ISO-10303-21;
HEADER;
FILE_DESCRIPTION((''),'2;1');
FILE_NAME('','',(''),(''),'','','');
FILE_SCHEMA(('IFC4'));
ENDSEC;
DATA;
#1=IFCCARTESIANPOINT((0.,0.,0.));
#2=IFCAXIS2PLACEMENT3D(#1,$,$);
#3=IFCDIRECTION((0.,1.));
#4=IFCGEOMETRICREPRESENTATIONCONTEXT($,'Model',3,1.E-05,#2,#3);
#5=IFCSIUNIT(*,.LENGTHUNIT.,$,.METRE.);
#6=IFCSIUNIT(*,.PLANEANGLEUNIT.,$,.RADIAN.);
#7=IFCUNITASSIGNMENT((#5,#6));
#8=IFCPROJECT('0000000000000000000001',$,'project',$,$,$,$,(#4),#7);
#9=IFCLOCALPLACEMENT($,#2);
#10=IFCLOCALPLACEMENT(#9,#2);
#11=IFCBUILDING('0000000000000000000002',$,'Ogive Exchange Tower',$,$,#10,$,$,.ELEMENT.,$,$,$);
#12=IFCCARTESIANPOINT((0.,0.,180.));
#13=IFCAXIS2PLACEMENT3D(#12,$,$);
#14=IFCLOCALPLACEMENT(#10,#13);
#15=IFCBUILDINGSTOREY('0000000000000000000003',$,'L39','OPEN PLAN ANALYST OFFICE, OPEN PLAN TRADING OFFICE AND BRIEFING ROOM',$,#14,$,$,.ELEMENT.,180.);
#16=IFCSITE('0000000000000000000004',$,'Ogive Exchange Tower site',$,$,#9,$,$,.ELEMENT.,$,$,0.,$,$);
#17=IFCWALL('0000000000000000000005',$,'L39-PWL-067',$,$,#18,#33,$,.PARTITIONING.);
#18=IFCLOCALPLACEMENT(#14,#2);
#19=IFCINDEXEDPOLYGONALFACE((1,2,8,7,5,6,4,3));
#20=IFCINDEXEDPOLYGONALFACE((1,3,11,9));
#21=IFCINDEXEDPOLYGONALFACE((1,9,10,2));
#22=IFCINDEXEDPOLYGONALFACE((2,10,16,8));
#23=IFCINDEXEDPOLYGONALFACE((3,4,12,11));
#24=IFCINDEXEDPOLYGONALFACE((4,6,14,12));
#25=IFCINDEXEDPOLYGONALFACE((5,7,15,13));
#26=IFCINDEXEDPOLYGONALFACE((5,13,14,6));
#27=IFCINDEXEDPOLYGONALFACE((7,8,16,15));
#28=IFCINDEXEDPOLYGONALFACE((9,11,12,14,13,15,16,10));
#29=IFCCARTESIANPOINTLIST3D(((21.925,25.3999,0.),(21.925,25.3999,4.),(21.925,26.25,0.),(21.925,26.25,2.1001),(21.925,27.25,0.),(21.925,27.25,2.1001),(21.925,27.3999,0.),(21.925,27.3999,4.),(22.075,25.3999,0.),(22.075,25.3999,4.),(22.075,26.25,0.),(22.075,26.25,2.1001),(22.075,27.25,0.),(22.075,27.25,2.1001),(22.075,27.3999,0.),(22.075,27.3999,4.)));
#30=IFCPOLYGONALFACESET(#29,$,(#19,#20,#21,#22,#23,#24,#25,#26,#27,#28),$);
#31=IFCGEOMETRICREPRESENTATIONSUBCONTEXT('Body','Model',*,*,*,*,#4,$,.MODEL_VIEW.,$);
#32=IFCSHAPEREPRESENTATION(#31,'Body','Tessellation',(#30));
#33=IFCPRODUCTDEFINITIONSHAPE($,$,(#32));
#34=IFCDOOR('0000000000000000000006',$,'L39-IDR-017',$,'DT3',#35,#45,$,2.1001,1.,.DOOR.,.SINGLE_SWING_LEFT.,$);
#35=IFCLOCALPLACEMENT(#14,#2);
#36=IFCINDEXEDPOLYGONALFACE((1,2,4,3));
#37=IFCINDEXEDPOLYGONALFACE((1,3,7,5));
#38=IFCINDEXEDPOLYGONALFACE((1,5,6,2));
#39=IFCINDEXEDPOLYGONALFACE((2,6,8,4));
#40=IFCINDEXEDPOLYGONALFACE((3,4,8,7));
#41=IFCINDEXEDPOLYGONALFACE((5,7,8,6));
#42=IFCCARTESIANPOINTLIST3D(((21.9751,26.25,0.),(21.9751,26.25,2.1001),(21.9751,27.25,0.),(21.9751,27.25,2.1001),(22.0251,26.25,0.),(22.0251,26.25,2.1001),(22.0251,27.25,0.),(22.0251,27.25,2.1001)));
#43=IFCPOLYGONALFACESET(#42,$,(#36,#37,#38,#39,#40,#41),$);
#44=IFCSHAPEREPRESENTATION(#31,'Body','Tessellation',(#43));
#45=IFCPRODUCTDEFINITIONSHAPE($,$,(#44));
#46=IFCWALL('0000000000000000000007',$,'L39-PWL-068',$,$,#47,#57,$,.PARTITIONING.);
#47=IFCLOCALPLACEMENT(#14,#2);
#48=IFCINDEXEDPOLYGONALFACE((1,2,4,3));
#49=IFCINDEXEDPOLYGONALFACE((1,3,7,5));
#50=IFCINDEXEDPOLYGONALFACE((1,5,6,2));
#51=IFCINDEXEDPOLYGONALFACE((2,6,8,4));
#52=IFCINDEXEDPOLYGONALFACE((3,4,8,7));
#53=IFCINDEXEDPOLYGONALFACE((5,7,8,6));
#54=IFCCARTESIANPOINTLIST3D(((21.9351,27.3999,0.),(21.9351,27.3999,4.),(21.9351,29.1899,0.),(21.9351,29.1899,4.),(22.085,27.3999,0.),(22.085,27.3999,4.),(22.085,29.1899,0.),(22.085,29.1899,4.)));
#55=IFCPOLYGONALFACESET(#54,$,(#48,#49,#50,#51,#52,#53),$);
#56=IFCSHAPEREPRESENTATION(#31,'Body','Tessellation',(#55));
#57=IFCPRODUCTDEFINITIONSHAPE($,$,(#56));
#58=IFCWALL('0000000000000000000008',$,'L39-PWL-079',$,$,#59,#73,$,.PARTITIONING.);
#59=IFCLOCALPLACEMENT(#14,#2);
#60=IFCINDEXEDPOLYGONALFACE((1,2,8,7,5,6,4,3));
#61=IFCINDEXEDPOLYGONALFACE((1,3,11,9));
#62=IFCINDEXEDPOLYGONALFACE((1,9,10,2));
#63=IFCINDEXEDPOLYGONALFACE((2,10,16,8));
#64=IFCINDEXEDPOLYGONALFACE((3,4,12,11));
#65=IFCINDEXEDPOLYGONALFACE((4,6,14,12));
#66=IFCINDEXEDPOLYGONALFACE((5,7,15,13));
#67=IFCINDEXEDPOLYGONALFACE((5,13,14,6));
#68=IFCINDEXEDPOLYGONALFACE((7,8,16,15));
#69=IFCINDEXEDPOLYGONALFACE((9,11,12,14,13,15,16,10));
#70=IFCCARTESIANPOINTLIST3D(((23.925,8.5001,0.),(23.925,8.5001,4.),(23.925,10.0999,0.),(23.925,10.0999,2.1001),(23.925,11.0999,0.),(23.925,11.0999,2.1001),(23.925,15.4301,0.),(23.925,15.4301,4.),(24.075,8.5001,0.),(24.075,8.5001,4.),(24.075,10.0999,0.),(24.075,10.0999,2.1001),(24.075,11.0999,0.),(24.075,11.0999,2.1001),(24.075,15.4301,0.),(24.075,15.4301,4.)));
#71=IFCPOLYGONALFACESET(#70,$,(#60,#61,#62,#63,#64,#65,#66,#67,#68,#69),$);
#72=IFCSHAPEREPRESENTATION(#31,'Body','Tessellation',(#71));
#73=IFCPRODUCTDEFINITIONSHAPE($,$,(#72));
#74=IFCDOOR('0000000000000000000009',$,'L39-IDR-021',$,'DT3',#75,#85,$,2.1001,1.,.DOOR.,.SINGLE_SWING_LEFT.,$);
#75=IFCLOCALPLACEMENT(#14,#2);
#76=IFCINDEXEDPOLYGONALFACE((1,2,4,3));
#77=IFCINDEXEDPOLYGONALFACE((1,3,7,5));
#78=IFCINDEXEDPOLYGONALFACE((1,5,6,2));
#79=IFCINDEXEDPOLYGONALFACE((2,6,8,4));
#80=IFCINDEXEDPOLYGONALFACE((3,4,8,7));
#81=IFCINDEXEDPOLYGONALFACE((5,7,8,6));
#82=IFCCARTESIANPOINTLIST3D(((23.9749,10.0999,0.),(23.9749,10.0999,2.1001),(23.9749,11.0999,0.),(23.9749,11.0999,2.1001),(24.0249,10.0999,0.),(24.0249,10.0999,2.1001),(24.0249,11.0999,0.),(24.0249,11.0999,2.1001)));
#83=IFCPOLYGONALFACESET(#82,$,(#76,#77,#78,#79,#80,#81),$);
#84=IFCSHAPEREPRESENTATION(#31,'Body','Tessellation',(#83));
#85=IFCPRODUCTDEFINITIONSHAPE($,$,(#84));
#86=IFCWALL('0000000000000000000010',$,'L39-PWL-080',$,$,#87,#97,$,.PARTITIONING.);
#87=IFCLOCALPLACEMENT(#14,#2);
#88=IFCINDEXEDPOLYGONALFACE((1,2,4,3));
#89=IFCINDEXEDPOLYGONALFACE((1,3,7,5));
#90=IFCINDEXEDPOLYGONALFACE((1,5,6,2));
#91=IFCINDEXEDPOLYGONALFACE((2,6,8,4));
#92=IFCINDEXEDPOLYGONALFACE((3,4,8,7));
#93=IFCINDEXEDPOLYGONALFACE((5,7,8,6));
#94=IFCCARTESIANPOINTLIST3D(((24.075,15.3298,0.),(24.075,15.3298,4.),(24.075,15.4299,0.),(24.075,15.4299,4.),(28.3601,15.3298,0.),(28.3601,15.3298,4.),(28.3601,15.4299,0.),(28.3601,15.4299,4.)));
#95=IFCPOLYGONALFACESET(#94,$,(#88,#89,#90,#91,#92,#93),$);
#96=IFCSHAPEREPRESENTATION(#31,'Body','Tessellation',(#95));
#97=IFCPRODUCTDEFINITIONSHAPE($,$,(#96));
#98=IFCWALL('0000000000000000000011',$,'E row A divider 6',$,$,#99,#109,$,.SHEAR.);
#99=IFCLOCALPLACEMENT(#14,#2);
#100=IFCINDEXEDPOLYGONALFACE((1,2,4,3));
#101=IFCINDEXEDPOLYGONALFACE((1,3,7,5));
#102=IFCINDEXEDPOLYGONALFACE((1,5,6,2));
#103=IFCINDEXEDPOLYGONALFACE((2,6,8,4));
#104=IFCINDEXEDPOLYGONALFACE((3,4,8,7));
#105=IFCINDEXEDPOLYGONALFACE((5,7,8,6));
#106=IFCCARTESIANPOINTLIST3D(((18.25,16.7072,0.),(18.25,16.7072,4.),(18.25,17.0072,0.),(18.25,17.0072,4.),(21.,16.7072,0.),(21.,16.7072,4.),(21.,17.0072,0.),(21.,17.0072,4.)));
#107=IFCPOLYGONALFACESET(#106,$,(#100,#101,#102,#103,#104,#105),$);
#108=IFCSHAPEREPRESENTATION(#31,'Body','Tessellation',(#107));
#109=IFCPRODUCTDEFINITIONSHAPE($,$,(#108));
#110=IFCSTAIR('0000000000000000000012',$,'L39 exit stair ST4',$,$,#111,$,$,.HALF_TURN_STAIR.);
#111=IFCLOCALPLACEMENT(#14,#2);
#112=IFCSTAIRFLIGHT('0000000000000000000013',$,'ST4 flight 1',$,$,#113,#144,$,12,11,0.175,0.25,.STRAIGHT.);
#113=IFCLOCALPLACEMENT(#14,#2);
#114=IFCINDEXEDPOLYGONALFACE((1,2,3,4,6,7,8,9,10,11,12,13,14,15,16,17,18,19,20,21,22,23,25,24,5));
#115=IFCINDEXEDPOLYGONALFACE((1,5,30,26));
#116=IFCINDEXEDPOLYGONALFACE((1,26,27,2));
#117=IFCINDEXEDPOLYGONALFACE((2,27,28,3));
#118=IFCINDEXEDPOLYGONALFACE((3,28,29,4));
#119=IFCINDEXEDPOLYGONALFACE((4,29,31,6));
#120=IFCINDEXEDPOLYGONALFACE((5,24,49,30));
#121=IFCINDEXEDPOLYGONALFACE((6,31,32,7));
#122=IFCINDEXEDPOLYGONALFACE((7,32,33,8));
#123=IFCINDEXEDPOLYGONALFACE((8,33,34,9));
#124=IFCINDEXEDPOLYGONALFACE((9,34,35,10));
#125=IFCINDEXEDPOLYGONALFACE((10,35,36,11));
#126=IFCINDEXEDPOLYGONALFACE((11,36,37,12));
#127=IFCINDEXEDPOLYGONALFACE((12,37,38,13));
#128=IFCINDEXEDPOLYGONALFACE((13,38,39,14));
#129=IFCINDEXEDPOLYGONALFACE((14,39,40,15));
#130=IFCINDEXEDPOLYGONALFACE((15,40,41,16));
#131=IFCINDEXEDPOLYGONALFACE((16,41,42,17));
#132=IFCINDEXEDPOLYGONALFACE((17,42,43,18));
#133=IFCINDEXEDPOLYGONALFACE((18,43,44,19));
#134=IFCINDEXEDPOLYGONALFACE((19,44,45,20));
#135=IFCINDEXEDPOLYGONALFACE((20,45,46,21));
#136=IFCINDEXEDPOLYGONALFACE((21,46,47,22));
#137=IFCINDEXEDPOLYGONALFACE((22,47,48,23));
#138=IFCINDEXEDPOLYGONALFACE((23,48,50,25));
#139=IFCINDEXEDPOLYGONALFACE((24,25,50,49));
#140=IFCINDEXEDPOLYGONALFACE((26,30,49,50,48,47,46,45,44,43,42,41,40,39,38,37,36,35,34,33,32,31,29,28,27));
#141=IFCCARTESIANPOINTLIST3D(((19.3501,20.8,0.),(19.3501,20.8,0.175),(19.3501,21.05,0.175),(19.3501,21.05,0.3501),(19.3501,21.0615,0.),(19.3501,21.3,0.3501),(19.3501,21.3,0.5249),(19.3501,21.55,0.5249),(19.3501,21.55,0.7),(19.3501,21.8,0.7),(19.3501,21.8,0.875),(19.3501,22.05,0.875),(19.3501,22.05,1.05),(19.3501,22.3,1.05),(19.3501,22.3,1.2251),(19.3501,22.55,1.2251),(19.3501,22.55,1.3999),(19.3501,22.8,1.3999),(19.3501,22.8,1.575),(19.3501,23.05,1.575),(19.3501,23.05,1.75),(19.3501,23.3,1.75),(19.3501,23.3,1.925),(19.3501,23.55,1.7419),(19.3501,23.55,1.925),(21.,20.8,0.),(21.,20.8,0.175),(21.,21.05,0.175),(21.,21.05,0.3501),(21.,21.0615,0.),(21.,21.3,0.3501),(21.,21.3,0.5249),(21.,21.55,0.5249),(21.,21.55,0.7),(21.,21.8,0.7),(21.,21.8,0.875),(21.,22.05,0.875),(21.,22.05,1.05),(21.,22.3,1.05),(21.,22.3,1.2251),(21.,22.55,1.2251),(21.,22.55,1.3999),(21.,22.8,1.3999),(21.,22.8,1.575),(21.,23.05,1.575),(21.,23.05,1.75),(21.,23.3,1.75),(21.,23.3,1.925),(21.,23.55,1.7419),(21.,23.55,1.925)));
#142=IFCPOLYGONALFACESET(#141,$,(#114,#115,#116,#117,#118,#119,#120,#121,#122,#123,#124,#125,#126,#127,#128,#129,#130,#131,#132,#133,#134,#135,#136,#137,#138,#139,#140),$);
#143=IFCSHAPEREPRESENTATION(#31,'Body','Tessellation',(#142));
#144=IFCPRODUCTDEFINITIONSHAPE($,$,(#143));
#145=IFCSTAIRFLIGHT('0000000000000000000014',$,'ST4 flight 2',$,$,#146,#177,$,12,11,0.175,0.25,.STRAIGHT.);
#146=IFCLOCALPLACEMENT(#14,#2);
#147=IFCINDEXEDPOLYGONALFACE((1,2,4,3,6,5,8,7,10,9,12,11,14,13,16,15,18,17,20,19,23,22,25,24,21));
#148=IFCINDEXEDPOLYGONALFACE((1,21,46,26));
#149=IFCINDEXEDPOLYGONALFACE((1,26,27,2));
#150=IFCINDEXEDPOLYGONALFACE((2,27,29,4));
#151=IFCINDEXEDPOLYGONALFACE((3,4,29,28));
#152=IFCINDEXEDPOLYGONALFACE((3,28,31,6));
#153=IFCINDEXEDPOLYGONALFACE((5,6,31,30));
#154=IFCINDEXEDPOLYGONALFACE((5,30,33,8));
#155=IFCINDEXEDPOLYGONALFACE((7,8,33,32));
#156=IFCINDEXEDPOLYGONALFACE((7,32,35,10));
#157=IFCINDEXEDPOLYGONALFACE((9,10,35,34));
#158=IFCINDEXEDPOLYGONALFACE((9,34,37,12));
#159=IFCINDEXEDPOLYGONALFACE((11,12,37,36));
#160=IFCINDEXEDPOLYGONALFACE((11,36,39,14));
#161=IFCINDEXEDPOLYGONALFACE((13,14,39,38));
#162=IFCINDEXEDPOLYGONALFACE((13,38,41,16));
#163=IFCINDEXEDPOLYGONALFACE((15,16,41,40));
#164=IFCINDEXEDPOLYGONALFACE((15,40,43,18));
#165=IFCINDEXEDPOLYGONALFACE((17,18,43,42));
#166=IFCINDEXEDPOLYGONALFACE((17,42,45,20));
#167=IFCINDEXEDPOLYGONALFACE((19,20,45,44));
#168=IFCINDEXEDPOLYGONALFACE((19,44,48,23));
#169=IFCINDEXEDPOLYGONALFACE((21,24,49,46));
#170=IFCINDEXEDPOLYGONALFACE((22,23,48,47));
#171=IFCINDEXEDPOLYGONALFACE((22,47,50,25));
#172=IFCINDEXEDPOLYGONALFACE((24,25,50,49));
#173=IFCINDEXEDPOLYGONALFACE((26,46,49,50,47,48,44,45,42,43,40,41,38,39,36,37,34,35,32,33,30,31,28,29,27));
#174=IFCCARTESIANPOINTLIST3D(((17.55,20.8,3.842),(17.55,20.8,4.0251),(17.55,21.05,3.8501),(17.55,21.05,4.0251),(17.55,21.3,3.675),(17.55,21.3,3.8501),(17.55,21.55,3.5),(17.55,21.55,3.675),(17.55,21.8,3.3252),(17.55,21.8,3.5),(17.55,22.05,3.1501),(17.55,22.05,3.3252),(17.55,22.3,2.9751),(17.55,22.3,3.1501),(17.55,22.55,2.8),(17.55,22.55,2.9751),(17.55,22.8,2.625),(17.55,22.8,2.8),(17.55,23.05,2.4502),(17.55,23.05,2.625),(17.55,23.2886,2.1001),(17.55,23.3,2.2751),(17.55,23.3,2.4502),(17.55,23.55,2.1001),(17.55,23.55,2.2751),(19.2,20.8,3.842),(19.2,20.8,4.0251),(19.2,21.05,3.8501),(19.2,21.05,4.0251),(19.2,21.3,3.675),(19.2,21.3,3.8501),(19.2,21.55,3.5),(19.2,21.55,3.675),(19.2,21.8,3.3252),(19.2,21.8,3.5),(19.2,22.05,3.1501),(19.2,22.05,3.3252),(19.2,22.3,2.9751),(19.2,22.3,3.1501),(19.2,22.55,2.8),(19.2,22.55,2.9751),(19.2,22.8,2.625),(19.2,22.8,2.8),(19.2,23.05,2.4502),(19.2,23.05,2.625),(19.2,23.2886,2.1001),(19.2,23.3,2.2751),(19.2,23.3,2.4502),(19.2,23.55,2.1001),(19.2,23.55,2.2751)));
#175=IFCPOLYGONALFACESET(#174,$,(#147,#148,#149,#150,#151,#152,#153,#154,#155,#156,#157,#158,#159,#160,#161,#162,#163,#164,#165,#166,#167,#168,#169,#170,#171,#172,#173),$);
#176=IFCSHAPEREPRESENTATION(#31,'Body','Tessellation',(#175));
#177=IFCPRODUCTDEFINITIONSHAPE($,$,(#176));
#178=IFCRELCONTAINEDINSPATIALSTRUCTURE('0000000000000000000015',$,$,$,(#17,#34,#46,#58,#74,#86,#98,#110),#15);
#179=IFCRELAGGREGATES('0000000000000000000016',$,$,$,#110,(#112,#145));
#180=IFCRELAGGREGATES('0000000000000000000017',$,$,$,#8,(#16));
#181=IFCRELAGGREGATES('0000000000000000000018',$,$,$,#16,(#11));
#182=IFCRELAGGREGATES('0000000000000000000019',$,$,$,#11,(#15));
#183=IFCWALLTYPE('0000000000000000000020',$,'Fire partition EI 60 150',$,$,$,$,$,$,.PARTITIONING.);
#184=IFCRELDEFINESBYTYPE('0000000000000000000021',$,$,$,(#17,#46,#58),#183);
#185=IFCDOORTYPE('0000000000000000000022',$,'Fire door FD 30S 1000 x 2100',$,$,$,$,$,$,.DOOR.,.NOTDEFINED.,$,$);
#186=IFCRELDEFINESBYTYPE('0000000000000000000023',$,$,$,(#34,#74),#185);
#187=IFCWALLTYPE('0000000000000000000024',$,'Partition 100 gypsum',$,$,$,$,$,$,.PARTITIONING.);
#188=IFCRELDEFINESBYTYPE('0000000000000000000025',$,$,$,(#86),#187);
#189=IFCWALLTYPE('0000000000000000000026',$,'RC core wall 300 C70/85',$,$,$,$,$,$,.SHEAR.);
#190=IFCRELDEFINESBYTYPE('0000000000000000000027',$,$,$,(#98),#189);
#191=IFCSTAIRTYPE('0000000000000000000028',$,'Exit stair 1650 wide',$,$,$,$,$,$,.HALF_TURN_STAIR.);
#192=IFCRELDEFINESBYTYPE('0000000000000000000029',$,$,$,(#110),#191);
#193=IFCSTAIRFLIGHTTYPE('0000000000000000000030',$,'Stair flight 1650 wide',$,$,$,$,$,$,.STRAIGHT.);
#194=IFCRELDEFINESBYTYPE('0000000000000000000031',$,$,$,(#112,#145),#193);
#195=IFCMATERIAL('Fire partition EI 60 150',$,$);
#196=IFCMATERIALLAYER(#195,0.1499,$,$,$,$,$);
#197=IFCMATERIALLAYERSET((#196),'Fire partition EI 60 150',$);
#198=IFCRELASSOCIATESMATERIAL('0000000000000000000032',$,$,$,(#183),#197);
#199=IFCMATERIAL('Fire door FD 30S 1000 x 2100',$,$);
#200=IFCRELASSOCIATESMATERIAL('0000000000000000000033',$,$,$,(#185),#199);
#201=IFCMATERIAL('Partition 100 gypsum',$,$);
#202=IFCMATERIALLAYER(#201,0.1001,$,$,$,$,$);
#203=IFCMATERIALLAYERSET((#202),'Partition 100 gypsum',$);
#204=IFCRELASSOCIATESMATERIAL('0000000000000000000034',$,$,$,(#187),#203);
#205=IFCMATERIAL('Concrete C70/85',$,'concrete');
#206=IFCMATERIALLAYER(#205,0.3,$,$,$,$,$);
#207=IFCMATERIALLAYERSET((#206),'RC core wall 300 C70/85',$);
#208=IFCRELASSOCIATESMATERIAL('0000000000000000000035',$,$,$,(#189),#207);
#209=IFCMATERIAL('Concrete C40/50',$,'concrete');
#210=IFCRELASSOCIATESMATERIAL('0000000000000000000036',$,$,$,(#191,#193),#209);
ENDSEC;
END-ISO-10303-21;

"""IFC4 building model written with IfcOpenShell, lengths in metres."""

from ifc_helpers import new_model, si_unit, direction, frame, frame_2d, origin, place, context, subcontext, project, spatial, polyline, rectangle, outline, extrude, material, layer, layer_set, type_object, element, fill, aggregate, save


model = new_model("IFC4")

# Units and contexts
model_context = context("Model", 3, precision=1e-05, world=origin(), true_north=direction((0.0, 1.0)))
body_context = subcontext(model_context, "Body", "Model", "MODEL_VIEW")
ifc_project = project(units=[si_unit("LENGTHUNIT", "METRE"), si_unit("PLANEANGLEUNIT", "RADIAN")], contexts=[model_context])

# Site, building, storey
site_placement = place(None, origin())
site = spatial("IfcSite", under=ifc_project, at=site_placement, Name="Ogive Exchange Tower site", CompositionType="ELEMENT", RefElevation=0.0)
building_placement = place(site_placement, origin())
building = spatial("IfcBuilding", under=site, at=building_placement, Name="Ogive Exchange Tower", CompositionType="ELEMENT")
storey_placement = place(building_placement, frame((0.0, 0.0, 180.0)))
storey = spatial("IfcBuildingStorey", under=building, at=storey_placement, Name="L39", Description="OPEN PLAN ANALYST OFFICE, OPEN PLAN TRADING OFFICE AND BRIEFING ROOM", CompositionType="ELEMENT", Elevation=180.0)

# Wall, opening, door
ifc_material_1 = material(Name="Fire partition EI 60 150")
ifc_layer_1 = layer(ifc_material_1, 0.1499)
ifc_layer_set_1 = layer_set([ifc_layer_1], Name="Fire partition EI 60 150")
wall_type_1 = type_object("IfcWallType", Name="Fire partition EI 60 150", PredefinedType="PARTITIONING", material=ifc_layer_set_1)
wall_1_placement = place(storey_placement, frame((22.0, 25.3999, 0.0), z_axis=(0.0, 0.0, 1.0), x_axis=(0.0, 1.0, 0.0)))
wall_1 = element("IfcWall", 1, at=wall_1_placement, inside=storey, type_object=wall_type_1, Name="L39-PWL-067", PredefinedType="PARTITIONING", context=body_context, shape_type="SweptSolid", body=[
    extrude(rectangle(XDim=2.0, YDim=0.1499, at=frame_2d((1.0, 0.0))), origin(), (0.0, 0.0, 1.0), 4.0),
])
opening_1_placement = place(wall_1_placement, frame((0.8501, 0.0, 0.0)))
opening_1 = element("IfcOpeningElement", 2, at=opening_1_placement, cuts=wall_1, PredefinedType="OPENING", context=body_context, shape_type="SweptSolid", body=[
    extrude(rectangle(XDim=1.0, YDim=2.1001, at=frame_2d((0.5, 1.05))), frame((0.0, 0.085, 0.0), z_axis=(0.0, -1.0, 0.0), x_axis=(1.0, 0.0, 0.0)), (0.0, 0.0, 1.0), 0.1699),
])
ifc_material_2 = material(Name="Fire door FD 30S 1000 x 2100")
door_type = type_object("IfcDoorType", Name="Fire door FD 30S 1000 x 2100", OperationType="NOTDEFINED", PredefinedType="DOOR", material=ifc_material_2)
door_1_placement = place(opening_1_placement, origin())
door_1 = element("IfcDoor", 3, at=door_1_placement, inside=storey, type_object=door_type, Name="L39-IDR-017", ObjectType="DT3", OperationType="SINGLE_SWING_LEFT", OverallHeight=2.1001, OverallWidth=1.0, PredefinedType="DOOR", context=body_context, shape_type="SweptSolid", body=[
    extrude(rectangle(XDim=1.0, YDim=2.1001, at=frame_2d((0.5, 1.05))), frame((0.0, 0.0249, 0.0), z_axis=(0.0, -1.0, 0.0), x_axis=(1.0, 0.0, 0.0)), (0.0, 0.0, 1.0), 0.05),
])
fill(opening_1, door_1)

# Wall
wall_2_placement = place(storey_placement, frame((22.01, 27.3999, 0.0), z_axis=(0.0, 0.0, 1.0), x_axis=(0.0, 1.0, 0.0)))
element("IfcWall", 4, at=wall_2_placement, inside=storey, type_object=wall_type_1, Name="L39-PWL-068", PredefinedType="PARTITIONING", context=body_context, shape_type="SweptSolid", body=[
    extrude(rectangle(XDim=1.79, YDim=0.1499, at=frame_2d((0.895, 0.0))), origin(), (0.0, 0.0, 1.0), 4.0),
])

# Wall, opening, door
wall_3_placement = place(storey_placement, frame((24.0, 15.4299, 0.0), z_axis=(0.0, 0.0, 1.0), x_axis=(0.0, -1.0, 0.0)))
wall_3 = element("IfcWall", 5, at=wall_3_placement, inside=storey, type_object=wall_type_1, Name="L39-PWL-079", PredefinedType="PARTITIONING", context=body_context, shape_type="SweptSolid", body=[
    extrude(rectangle(XDim=6.9299, YDim=0.1499, at=frame_2d((3.4648, 0.0))), origin(), (0.0, 0.0, 1.0), 4.0),
])
opening_2_placement = place(wall_3_placement, frame((4.3301, 0.0, 0.0)))
opening_2 = element("IfcOpeningElement", 6, at=opening_2_placement, cuts=wall_3, PredefinedType="OPENING", context=body_context, shape_type="SweptSolid", body=[
    extrude(rectangle(XDim=1.0, YDim=2.1001, at=frame_2d((0.5, 1.05))), frame((0.0, 0.085, 0.0), z_axis=(0.0, -1.0, 0.0), x_axis=(1.0, 0.0, 0.0)), (0.0, 0.0, 1.0), 0.1699),
])
door_2_placement = place(opening_2_placement, origin())
door_2 = element("IfcDoor", 7, at=door_2_placement, inside=storey, type_object=door_type, Name="L39-IDR-021", ObjectType="DT3", OperationType="SINGLE_SWING_LEFT", OverallHeight=2.1001, OverallWidth=1.0, PredefinedType="DOOR", context=body_context, shape_type="SweptSolid", body=[
    extrude(rectangle(XDim=1.0, YDim=2.1001, at=frame_2d((0.5, 1.05))), frame((0.0, 0.0249, 0.0), z_axis=(0.0, -1.0, 0.0), x_axis=(1.0, 0.0, 0.0)), (0.0, 0.0, 1.0), 0.05),
])
fill(opening_2, door_2)

# Walls
ifc_material_3 = material(Name="Partition 100 gypsum")
ifc_layer_2 = layer(ifc_material_3, 0.1001)
ifc_layer_set_2 = layer_set([ifc_layer_2], Name="Partition 100 gypsum")
wall_type_2 = type_object("IfcWallType", Name="Partition 100 gypsum", PredefinedType="PARTITIONING", material=ifc_layer_set_2)
wall_4_placement = place(storey_placement, frame((24.075, 15.3799, 0.0), z_axis=(0.0, 0.0, 1.0), x_axis=(1.0, 0.0, 0.0)))
element("IfcWall", 8, at=wall_4_placement, inside=storey, type_object=wall_type_2, Name="L39-PWL-080", PredefinedType="PARTITIONING", context=body_context, shape_type="SweptSolid", body=[
    extrude(rectangle(XDim=4.2852, YDim=0.1001, at=frame_2d((2.1426, 0.0))), origin(), (0.0, 0.0, 1.0), 4.0),
])
ifc_material_4 = material(Name="Concrete C70/85", Category="concrete")
ifc_layer_3 = layer(ifc_material_4, 0.3)
ifc_layer_set_3 = layer_set([ifc_layer_3], Name="RC core wall 300 C70/85")
wall_type_3 = type_object("IfcWallType", Name="RC core wall 300 C70/85", PredefinedType="SHEAR", material=ifc_layer_set_3)
wall_5_placement = place(storey_placement, frame((18.25, 16.8572, 0.0), z_axis=(0.0, 0.0, 1.0), x_axis=(1.0, 0.0, 0.0)))
element("IfcWall", 9, at=wall_5_placement, inside=storey, type_object=wall_type_3, Name="E row A divider 6", PredefinedType="SHEAR", context=body_context, shape_type="SweptSolid", body=[
    extrude(rectangle(XDim=2.75, YDim=0.3, at=frame_2d((1.375, 0.0))), origin(), (0.0, 0.0, 1.0), 4.0),
])

# Stair, stair flights
ifc_material_5 = material(Name="Concrete C40/50", Category="concrete")
stair_type = type_object("IfcStairType", Name="Exit stair 1650 wide", PredefinedType="HALF_TURN_STAIR", material=ifc_material_5)
stair_placement = place(storey_placement, origin())
stair = element("IfcStair", 10, at=stair_placement, inside=storey, type_object=stair_type, Name="L39 exit stair ST4", PredefinedType="HALF_TURN_STAIR")
stair_flight_type = type_object("IfcStairFlightType", Name="Stair flight 1650 wide", PredefinedType="STRAIGHT", material=ifc_material_5)
stair_flight_1_placement = place(storey_placement, frame((20.175, 20.8, 0.0), z_axis=(0.0, 0.0, 1.0), x_axis=(0.0, 1.0, 0.0)))
stair_flight_1 = element("IfcStairFlight", 11, at=stair_flight_1_placement, type_object=stair_flight_type, Name="ST4 flight 1", NumberOfRisers=12, NumberOfTreads=11, PredefinedType="STRAIGHT", RiserHeight=0.175, TreadLength=0.25, context=body_context, shape_type="SweptSolid", body=[
    extrude(outline(polyline([(0.0, 0.0), (0.0, 0.175), (0.25, 0.175), (0.25, 0.3501), (0.5, 0.3501), (0.5, 0.5249), (0.75, 0.5249), (0.75, 0.7), (1.0, 0.7), (1.0, 0.875), (1.25, 0.875), (1.25, 1.05), (1.5, 1.05), (1.5, 1.2251), (1.75, 1.2251), (1.75, 1.3999), (2.0, 1.3999), (2.0, 1.575), (2.25, 1.575), (2.25, 1.75), (2.5, 1.75), (2.5, 1.925), (2.75, 1.925), (2.75, 2.1001), (2.75, 1.7419), (0.2615, 0.0), (0.0, 0.0)])), frame((0.0, 0.825, 0.0), z_axis=(0.0, -1.0, 0.0), x_axis=(1.0, 0.0, 0.0)), (0.0, 0.0, 1.0), 1.6499),
])
stair_flight_2_placement = place(storey_placement, frame((18.375, 23.55, 2.1001), z_axis=(0.0, 0.0, 1.0), x_axis=(0.0, -1.0, 0.0)))
stair_flight_2 = element("IfcStairFlight", 12, at=stair_flight_2_placement, type_object=stair_flight_type, Name="ST4 flight 2", NumberOfRisers=12, NumberOfTreads=11, PredefinedType="STRAIGHT", RiserHeight=0.175, TreadLength=0.25, context=body_context, shape_type="SweptSolid", body=[
    extrude(outline(polyline([(0.0, 0.0), (0.0, 0.175), (0.25, 0.175), (0.25, 0.3501), (0.5, 0.3501), (0.5, 0.5249), (0.75, 0.5249), (0.75, 0.7), (1.0, 0.7), (1.0, 0.875), (1.25, 0.875), (1.25, 1.05), (1.5, 1.05), (1.5, 1.2251), (1.75, 1.2251), (1.75, 1.3999), (2.0, 1.3999), (2.0, 1.575), (2.25, 1.575), (2.25, 1.75), (2.5, 1.75), (2.5, 1.925), (2.75, 1.925), (2.75, 2.1001), (2.75, 1.7419), (0.2615, 0.0), (0.0, 0.0)])), frame((0.0, 0.825, 0.0), z_axis=(0.0, -1.0, 0.0), x_axis=(1.0, 0.0, 0.0)), (0.0, 0.0, 1.0), 1.6499),
])
aggregate(stair, [stair_flight_1, stair_flight_2])

save(model, "model.ifc")
